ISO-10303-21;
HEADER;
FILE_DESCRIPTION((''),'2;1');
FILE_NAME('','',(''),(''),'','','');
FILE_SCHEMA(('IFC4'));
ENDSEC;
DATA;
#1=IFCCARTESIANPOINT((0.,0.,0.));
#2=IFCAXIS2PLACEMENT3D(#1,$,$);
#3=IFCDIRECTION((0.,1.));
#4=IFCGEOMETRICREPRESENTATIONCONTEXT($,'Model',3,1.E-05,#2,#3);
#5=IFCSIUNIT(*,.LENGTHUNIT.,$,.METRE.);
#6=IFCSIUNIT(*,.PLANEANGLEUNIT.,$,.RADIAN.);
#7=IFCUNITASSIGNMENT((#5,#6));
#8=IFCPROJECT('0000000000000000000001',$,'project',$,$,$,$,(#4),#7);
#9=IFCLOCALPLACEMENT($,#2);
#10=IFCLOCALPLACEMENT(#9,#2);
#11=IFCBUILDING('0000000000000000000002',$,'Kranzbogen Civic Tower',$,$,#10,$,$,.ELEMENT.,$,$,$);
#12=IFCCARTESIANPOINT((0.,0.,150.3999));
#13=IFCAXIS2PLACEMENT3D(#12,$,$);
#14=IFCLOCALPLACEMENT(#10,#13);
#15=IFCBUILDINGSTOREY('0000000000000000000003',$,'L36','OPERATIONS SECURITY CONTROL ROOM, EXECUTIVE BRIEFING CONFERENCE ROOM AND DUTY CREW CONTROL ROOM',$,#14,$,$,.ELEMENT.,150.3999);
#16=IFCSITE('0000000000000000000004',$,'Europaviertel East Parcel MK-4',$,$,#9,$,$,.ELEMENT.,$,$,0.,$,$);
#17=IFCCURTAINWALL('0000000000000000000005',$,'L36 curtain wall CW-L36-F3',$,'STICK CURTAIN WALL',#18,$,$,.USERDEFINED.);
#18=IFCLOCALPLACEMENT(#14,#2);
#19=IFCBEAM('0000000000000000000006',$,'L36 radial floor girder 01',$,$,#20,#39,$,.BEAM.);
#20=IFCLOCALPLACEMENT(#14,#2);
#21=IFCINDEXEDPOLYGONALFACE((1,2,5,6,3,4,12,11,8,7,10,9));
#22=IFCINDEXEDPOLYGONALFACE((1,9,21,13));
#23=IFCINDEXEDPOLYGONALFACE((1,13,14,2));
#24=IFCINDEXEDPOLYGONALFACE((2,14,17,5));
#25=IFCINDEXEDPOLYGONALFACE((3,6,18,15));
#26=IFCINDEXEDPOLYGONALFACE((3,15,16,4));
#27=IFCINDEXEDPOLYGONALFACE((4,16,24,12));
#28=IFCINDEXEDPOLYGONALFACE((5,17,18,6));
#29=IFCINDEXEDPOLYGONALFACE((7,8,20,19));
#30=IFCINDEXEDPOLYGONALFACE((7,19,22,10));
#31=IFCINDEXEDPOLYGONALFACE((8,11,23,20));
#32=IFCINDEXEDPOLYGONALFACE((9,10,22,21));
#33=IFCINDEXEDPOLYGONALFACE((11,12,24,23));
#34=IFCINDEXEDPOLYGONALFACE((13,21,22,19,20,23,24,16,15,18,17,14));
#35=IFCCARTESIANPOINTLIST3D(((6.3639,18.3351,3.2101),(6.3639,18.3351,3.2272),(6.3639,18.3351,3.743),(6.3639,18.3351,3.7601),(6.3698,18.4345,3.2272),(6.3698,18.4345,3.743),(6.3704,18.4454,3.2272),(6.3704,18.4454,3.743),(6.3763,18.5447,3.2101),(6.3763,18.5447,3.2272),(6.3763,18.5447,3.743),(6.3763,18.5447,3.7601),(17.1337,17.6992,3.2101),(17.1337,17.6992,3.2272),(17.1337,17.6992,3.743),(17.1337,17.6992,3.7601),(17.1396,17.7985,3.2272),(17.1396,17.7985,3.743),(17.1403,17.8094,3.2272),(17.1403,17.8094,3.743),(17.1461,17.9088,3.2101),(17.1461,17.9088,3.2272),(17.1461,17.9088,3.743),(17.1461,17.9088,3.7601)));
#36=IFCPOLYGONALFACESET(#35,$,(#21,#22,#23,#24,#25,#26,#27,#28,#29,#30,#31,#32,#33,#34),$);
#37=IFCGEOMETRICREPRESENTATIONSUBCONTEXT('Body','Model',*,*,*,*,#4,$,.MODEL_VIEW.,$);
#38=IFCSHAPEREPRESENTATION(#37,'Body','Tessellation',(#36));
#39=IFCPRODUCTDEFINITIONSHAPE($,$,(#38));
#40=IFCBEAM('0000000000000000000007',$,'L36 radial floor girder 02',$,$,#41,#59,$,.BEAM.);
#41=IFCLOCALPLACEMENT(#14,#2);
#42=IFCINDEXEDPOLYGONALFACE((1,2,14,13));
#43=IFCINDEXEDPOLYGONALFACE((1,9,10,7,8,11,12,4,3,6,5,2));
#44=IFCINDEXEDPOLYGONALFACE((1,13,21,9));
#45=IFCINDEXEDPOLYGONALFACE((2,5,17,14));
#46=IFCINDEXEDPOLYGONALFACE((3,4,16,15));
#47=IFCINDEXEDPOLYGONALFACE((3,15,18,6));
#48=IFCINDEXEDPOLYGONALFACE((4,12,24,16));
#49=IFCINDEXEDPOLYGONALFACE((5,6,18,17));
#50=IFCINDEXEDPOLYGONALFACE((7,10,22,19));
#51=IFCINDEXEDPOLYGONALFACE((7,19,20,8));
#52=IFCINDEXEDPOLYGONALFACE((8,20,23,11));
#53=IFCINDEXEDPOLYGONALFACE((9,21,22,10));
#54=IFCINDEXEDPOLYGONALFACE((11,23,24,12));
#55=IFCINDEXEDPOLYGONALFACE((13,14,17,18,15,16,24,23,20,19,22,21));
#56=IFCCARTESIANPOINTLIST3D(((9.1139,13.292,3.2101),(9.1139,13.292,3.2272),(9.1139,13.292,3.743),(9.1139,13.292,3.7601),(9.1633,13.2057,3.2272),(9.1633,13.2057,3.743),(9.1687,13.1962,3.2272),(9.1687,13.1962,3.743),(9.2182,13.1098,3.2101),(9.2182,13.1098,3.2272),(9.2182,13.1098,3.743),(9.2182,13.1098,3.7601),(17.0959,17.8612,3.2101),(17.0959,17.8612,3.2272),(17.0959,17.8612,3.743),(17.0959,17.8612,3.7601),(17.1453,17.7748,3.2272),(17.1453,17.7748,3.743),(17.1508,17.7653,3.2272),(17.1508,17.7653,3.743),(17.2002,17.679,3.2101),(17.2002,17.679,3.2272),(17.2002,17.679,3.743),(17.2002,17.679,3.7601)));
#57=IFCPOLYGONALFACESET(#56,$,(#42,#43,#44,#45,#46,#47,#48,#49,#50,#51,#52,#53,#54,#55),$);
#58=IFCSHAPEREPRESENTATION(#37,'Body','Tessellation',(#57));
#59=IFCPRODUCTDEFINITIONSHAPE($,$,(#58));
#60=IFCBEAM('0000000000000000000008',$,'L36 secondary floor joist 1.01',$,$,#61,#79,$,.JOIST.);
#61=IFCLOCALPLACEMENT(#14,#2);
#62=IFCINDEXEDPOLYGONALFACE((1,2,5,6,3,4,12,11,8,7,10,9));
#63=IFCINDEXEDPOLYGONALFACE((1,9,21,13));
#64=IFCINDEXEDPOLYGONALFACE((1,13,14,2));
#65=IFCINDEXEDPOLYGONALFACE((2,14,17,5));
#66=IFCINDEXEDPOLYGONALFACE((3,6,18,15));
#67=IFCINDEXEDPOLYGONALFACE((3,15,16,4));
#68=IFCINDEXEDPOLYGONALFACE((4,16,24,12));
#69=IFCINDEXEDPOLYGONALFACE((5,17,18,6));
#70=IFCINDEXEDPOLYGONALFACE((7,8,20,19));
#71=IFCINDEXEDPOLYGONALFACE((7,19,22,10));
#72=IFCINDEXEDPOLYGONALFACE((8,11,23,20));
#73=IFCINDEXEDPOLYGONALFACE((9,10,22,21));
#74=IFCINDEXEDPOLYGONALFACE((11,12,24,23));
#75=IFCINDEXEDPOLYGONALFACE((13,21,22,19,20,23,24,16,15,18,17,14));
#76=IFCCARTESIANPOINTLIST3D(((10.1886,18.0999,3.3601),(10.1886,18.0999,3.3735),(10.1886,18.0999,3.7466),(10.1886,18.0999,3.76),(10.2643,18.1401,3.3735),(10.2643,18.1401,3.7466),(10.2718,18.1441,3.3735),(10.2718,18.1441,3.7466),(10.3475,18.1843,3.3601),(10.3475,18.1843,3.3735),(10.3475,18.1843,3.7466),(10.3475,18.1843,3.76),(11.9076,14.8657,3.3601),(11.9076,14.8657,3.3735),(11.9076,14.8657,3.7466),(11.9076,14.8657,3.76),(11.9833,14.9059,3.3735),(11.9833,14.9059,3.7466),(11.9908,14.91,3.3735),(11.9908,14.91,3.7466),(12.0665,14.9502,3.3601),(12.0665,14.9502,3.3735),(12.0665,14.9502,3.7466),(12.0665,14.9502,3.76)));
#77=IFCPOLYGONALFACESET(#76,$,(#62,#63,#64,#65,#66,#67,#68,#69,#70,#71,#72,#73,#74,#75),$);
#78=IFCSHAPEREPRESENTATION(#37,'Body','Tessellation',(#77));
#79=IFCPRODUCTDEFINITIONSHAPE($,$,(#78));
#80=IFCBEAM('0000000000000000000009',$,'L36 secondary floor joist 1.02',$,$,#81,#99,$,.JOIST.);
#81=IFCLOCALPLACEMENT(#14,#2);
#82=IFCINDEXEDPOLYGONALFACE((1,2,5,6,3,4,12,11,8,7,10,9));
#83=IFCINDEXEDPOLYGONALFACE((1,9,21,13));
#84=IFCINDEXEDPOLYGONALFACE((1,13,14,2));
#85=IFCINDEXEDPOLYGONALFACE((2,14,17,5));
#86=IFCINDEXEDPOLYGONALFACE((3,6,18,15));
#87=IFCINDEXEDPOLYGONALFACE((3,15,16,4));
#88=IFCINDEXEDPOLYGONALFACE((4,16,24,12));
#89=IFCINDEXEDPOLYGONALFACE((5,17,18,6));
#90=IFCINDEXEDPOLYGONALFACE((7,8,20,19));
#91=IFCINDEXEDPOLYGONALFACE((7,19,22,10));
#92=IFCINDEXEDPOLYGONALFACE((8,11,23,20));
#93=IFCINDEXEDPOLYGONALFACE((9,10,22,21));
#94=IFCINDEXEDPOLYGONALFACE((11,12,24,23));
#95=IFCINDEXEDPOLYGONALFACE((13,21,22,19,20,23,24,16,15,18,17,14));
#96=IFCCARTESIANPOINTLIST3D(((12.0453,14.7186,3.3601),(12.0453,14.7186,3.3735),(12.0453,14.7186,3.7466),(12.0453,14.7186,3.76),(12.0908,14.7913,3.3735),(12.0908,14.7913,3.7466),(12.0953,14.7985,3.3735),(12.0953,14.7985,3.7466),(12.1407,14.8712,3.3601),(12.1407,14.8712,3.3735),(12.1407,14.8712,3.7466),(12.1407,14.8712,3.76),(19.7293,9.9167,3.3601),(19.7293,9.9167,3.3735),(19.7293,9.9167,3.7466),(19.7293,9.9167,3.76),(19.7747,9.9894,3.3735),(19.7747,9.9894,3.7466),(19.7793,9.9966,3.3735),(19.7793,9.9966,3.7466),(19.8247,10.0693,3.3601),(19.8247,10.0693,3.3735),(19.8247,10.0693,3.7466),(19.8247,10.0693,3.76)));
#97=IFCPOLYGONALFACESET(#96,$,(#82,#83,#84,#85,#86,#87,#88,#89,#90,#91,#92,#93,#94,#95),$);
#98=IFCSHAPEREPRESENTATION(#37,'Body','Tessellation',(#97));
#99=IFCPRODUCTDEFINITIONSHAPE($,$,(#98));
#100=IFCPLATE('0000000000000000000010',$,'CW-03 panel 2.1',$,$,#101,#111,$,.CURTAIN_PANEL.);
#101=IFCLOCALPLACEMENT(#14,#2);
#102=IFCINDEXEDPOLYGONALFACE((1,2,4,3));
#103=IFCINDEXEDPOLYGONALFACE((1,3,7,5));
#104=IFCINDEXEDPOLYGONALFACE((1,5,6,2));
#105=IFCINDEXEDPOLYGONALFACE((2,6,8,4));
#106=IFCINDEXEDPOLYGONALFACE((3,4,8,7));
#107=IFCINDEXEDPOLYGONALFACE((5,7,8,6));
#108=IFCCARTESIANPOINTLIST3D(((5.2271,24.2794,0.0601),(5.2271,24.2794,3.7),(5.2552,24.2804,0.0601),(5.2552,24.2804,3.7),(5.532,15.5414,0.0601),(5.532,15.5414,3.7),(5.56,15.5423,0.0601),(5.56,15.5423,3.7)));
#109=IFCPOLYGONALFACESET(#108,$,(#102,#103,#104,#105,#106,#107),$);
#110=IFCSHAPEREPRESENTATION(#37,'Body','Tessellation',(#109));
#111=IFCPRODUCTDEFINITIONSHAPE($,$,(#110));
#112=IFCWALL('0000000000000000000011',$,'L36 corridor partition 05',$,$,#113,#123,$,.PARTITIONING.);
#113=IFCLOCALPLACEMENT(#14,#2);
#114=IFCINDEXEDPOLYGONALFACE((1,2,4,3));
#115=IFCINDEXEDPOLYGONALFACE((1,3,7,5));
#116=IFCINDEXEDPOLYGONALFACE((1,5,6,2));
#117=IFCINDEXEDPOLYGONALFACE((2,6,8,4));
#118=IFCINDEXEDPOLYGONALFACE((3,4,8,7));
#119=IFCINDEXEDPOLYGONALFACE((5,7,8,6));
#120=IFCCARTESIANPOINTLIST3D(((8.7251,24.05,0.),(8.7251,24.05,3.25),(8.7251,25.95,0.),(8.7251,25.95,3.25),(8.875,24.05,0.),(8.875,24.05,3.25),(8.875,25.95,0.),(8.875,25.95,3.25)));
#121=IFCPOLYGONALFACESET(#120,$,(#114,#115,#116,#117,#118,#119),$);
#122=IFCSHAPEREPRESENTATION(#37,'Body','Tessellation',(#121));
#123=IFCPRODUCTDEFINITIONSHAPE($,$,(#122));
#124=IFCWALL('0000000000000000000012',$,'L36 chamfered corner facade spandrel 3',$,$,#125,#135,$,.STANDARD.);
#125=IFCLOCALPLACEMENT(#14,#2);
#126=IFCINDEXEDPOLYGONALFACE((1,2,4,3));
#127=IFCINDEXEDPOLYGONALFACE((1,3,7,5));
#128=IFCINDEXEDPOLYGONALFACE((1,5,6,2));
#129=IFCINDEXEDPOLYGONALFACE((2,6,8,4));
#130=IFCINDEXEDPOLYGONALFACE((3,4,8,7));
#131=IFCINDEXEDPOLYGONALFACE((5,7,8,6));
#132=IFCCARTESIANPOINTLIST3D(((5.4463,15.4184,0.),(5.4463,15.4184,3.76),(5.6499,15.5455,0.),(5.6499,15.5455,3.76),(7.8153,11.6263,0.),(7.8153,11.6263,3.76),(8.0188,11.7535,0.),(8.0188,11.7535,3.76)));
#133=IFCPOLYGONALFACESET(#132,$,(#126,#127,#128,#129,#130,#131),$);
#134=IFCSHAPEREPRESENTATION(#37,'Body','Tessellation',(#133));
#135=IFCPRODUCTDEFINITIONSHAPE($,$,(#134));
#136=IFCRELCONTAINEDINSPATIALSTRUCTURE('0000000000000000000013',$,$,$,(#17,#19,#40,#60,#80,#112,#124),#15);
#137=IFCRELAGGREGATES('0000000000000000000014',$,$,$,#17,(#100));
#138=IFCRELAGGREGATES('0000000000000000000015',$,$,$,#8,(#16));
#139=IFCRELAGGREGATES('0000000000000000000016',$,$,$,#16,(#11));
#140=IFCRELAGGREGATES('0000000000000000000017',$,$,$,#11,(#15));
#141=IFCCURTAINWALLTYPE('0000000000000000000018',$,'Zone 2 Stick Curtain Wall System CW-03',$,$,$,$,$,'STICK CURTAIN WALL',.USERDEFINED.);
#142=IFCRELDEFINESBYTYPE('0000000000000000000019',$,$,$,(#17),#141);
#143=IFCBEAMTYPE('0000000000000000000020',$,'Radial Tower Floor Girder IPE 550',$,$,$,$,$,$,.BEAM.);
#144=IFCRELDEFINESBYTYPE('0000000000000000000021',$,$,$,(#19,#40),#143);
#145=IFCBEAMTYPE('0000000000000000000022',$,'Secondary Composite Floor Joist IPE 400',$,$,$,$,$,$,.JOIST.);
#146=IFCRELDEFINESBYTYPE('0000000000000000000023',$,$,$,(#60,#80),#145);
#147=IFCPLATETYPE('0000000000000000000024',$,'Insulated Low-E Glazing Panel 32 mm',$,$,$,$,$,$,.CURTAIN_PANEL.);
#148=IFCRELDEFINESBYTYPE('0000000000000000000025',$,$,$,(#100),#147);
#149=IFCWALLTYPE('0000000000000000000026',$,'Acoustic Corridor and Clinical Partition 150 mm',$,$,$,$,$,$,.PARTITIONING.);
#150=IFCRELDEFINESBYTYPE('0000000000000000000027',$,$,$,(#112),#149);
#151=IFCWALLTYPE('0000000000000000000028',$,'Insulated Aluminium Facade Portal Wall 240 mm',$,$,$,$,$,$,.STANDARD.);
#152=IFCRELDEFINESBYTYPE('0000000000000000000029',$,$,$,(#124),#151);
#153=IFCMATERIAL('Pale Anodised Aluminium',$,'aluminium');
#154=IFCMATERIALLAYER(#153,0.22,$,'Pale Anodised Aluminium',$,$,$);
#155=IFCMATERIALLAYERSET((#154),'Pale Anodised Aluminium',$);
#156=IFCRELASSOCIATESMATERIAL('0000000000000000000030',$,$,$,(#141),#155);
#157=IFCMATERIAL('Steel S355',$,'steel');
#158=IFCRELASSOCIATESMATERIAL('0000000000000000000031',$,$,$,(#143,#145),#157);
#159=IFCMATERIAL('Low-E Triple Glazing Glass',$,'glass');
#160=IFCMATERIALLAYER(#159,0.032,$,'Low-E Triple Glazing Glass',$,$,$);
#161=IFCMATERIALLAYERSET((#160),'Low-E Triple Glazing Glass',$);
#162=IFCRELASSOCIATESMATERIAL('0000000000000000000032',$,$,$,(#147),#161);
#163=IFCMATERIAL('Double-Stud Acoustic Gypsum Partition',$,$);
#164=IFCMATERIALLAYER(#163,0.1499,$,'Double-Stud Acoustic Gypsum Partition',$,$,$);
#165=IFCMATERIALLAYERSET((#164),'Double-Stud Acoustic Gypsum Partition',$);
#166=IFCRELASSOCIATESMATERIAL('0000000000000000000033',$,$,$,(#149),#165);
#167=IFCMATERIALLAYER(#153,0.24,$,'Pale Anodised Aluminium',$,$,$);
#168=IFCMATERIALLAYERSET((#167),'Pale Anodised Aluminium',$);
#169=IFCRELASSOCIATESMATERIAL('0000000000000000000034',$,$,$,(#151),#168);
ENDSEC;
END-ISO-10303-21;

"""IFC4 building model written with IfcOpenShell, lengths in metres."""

from ifc_helpers import new_model, si_unit, direction, frame, frame_2d, origin, origin_2d, place, context, subcontext, project, spatial, rectangle, i_section, extrude, material, layer, layer_set, material_profile, profile_set, type_object, element, aggregate, save


model = new_model("IFC4")

# Units and contexts
model_context = context("Model", 3, precision=1e-05, world=origin(), true_north=direction((0.0, 1.0)))
body_context = subcontext(model_context, "Body", "Model", "MODEL_VIEW")
ifc_project = project(units=[si_unit("LENGTHUNIT", "METRE"), si_unit("PLANEANGLEUNIT", "RADIAN")], contexts=[model_context])

# Site, building, storey
site_placement = place(None, origin())
site = spatial("IfcSite", under=ifc_project, at=site_placement, Name="Europaviertel East Parcel MK-4", CompositionType="ELEMENT", RefElevation=0.0)
building_placement = place(site_placement, origin())
building = spatial("IfcBuilding", under=site, at=building_placement, Name="Kranzbogen Civic Tower", CompositionType="ELEMENT")
storey_placement = place(building_placement, frame((0.0, 0.0, 150.3999)))
storey = spatial("IfcBuildingStorey", under=building, at=storey_placement, Name="L36", Description="OPERATIONS SECURITY CONTROL ROOM, EXECUTIVE BRIEFING CONFERENCE ROOM AND DUTY CREW CONTROL ROOM", CompositionType="ELEMENT", Elevation=150.3999)

# Shared definitions
ifc_material_1 = material(Name="Steel S355", Category="steel")

# Curtain wall
ifc_material_2 = material(Name="Pale Anodised Aluminium", Category="aluminium")
ifc_layer_1 = layer(ifc_material_2, 0.22, Name="Pale Anodised Aluminium")
ifc_layer_set_1 = layer_set([ifc_layer_1], Name="Pale Anodised Aluminium")
curtain_wall_type = type_object("IfcCurtainWallType", Name="Zone 2 Stick Curtain Wall System CW-03", ElementType="STICK CURTAIN WALL", PredefinedType="USERDEFINED", material=ifc_layer_set_1)
curtain_wall_1_placement = place(storey_placement, origin())
curtain_wall_1 = element("IfcCurtainWall", 1, at=curtain_wall_1_placement, inside=storey, type_object=curtain_wall_type, Name="L36 curtain wall CW-L36-F3", ObjectType="STICK CURTAIN WALL", PredefinedType="USERDEFINED")

# Beams
ifc_material_profile_1 = material_profile(ifc_material_1, i_section(OverallWidth=0.21, OverallDepth=0.55, WebThickness=0.011, FlangeThickness=0.0171, at=origin_2d()), Name="IPE 550")
ifc_profile_set_1 = profile_set([ifc_material_profile_1], Name="Steel S355")
beam_type_1 = type_object("IfcBeamType", Name="Radial Tower Floor Girder IPE 550", PredefinedType="BEAM", material=ifc_profile_set_1)
beam_1_placement = place(storey_placement, frame((6.3701, 18.4399, 3.4851), z_axis=(0.998261, -0.05895, 0.0), x_axis=(0.05895, 0.998261, 0.0)))
element("IfcBeam", 2, at=beam_1_placement, inside=storey, type_object=beam_type_1, Name="L36 radial floor girder 01", PredefinedType="BEAM", context=body_context, shape_type="SweptSolid", body=[
    extrude(i_section(OverallWidth=0.21, OverallDepth=0.55, WebThickness=0.011, FlangeThickness=0.0171, at=origin_2d()), origin(), (0.0, 0.0, 1.0), 10.7886),
])
beam_2_placement = place(storey_placement, frame((9.166, 13.2009, 3.4851), z_axis=(0.867869, 0.496793, 0.0), x_axis=(-0.496793, 0.867869, 0.0)))
element("IfcBeam", 3, at=beam_2_placement, inside=storey, type_object=beam_type_1, Name="L36 radial floor girder 02", PredefinedType="BEAM", context=body_context, shape_type="SweptSolid", body=[
    extrude(i_section(OverallWidth=0.21, OverallDepth=0.55, WebThickness=0.011, FlangeThickness=0.0171, at=origin_2d()), origin(), (0.0, 0.0, 1.0), 9.1973),
])
ifc_material_profile_2 = material_profile(ifc_material_1, i_section(OverallWidth=0.1799, OverallDepth=0.3999, WebThickness=0.0085, FlangeThickness=0.0134, at=origin_2d()), Name="IPE 400")
ifc_profile_set_2 = profile_set([ifc_material_profile_2], Name="Steel S355")
beam_type_2 = type_object("IfcBeamType", Name="Secondary Composite Floor Joist IPE 400", PredefinedType="JOIST", material=ifc_profile_set_2)
beam_3_placement = place(storey_placement, frame((10.2681, 18.1421, 3.5601), z_axis=(0.469339, -0.883018, 0.0), x_axis=(0.883018, 0.469339, 0.0)))
element("IfcBeam", 4, at=beam_3_placement, inside=storey, type_object=beam_type_2, Name="L36 secondary floor joist 1.01", PredefinedType="JOIST", context=body_context, shape_type="SweptSolid", body=[
    extrude(i_section(OverallWidth=0.1799, OverallDepth=0.3999, WebThickness=0.0085, FlangeThickness=0.0134, at=origin_2d()), origin(), (0.0, 0.0, 1.0), 3.6626),
])
beam_4_placement = place(storey_placement, frame((12.093, 14.7949, 3.5601), z_axis=(0.848026, -0.529955, 0.0), x_axis=(0.529955, 0.848026, 0.0)))
element("IfcBeam", 5, at=beam_4_placement, inside=storey, type_object=beam_type_2, Name="L36 secondary floor joist 1.02", PredefinedType="JOIST", context=body_context, shape_type="SweptSolid", body=[
    extrude(i_section(OverallWidth=0.1799, OverallDepth=0.3999, WebThickness=0.0085, FlangeThickness=0.0134, at=origin_2d()), origin(), (0.0, 0.0, 1.0), 9.061),
])

# Plate
ifc_material_3 = material(Name="Low-E Triple Glazing Glass", Category="glass")
ifc_layer_2 = layer(ifc_material_3, 0.032, Name="Low-E Triple Glazing Glass")
ifc_layer_set_2 = layer_set([ifc_layer_2], Name="Low-E Triple Glazing Glass")
plate_type = type_object("IfcPlateType", Name="Insulated Low-E Glazing Panel 32 mm", PredefinedType="CURTAIN_PANEL", material=ifc_layer_set_2)
plate_placement = place(storey_placement, frame((5.3936, 19.9109, 0.0601), z_axis=(0.0, 0.0, 1.0), x_axis=(0.034868, -0.999392, 0.0)))
plate = element("IfcPlate", 6, at=plate_placement, type_object=plate_type, Name="CW-03 panel 2.1", PredefinedType="CURTAIN_PANEL", context=body_context, shape_type="SweptSolid", body=[
    extrude(rectangle(XDim=8.7434, YDim=0.0281, at=origin_2d()), origin(), (0.0, 0.0, 1.0), 3.6399),
])
aggregate(curtain_wall_1, [plate])

# Walls
ifc_material_4 = material(Name="Double-Stud Acoustic Gypsum Partition")
ifc_layer_3 = layer(ifc_material_4, 0.1499, Name="Double-Stud Acoustic Gypsum Partition")
ifc_layer_set_3 = layer_set([ifc_layer_3], Name="Double-Stud Acoustic Gypsum Partition")
wall_type_1 = type_object("IfcWallType", Name="Acoustic Corridor and Clinical Partition 150 mm", PredefinedType="PARTITIONING", material=ifc_layer_set_3)
wall_1_placement = place(storey_placement, frame((8.8, 24.05, 0.0), z_axis=(0.0, 0.0, 1.0), x_axis=(0.0, 1.0, 0.0)))
element("IfcWall", 7, at=wall_1_placement, inside=storey, type_object=wall_type_1, Name="L36 corridor partition 05", PredefinedType="PARTITIONING", context=body_context, shape_type="SweptSolid", body=[
    extrude(rectangle(XDim=1.8999, YDim=0.1499, at=frame_2d((0.95, 0.0))), origin(), (0.0, 0.0, 1.0), 3.25),
])
ifc_layer_4 = layer(ifc_material_2, 0.24, Name="Pale Anodised Aluminium")
ifc_layer_set_4 = layer_set([ifc_layer_4], Name="Pale Anodised Aluminium")
wall_type_2 = type_object("IfcWallType", Name="Insulated Aluminium Facade Portal Wall 240 mm", PredefinedType="STANDARD", material=ifc_layer_set_4)
wall_2_placement = place(storey_placement, frame((5.5481, 15.4819, 0.0), z_axis=(0.0, 0.0, 1.0), x_axis=(0.529822, -0.848109, 0.0)))
element("IfcWall", 8, at=wall_2_placement, inside=storey, type_object=wall_type_2, Name="L36 chamfered corner facade spandrel 3", PredefinedType="STANDARD", context=body_context, shape_type="SweptSolid", body=[
    extrude(rectangle(XDim=4.4712, YDim=0.24, at=frame_2d((2.2356, 0.0))), origin(), (0.0, 0.0, 1.0), 3.76),
])

save(model, "model.ifc")
